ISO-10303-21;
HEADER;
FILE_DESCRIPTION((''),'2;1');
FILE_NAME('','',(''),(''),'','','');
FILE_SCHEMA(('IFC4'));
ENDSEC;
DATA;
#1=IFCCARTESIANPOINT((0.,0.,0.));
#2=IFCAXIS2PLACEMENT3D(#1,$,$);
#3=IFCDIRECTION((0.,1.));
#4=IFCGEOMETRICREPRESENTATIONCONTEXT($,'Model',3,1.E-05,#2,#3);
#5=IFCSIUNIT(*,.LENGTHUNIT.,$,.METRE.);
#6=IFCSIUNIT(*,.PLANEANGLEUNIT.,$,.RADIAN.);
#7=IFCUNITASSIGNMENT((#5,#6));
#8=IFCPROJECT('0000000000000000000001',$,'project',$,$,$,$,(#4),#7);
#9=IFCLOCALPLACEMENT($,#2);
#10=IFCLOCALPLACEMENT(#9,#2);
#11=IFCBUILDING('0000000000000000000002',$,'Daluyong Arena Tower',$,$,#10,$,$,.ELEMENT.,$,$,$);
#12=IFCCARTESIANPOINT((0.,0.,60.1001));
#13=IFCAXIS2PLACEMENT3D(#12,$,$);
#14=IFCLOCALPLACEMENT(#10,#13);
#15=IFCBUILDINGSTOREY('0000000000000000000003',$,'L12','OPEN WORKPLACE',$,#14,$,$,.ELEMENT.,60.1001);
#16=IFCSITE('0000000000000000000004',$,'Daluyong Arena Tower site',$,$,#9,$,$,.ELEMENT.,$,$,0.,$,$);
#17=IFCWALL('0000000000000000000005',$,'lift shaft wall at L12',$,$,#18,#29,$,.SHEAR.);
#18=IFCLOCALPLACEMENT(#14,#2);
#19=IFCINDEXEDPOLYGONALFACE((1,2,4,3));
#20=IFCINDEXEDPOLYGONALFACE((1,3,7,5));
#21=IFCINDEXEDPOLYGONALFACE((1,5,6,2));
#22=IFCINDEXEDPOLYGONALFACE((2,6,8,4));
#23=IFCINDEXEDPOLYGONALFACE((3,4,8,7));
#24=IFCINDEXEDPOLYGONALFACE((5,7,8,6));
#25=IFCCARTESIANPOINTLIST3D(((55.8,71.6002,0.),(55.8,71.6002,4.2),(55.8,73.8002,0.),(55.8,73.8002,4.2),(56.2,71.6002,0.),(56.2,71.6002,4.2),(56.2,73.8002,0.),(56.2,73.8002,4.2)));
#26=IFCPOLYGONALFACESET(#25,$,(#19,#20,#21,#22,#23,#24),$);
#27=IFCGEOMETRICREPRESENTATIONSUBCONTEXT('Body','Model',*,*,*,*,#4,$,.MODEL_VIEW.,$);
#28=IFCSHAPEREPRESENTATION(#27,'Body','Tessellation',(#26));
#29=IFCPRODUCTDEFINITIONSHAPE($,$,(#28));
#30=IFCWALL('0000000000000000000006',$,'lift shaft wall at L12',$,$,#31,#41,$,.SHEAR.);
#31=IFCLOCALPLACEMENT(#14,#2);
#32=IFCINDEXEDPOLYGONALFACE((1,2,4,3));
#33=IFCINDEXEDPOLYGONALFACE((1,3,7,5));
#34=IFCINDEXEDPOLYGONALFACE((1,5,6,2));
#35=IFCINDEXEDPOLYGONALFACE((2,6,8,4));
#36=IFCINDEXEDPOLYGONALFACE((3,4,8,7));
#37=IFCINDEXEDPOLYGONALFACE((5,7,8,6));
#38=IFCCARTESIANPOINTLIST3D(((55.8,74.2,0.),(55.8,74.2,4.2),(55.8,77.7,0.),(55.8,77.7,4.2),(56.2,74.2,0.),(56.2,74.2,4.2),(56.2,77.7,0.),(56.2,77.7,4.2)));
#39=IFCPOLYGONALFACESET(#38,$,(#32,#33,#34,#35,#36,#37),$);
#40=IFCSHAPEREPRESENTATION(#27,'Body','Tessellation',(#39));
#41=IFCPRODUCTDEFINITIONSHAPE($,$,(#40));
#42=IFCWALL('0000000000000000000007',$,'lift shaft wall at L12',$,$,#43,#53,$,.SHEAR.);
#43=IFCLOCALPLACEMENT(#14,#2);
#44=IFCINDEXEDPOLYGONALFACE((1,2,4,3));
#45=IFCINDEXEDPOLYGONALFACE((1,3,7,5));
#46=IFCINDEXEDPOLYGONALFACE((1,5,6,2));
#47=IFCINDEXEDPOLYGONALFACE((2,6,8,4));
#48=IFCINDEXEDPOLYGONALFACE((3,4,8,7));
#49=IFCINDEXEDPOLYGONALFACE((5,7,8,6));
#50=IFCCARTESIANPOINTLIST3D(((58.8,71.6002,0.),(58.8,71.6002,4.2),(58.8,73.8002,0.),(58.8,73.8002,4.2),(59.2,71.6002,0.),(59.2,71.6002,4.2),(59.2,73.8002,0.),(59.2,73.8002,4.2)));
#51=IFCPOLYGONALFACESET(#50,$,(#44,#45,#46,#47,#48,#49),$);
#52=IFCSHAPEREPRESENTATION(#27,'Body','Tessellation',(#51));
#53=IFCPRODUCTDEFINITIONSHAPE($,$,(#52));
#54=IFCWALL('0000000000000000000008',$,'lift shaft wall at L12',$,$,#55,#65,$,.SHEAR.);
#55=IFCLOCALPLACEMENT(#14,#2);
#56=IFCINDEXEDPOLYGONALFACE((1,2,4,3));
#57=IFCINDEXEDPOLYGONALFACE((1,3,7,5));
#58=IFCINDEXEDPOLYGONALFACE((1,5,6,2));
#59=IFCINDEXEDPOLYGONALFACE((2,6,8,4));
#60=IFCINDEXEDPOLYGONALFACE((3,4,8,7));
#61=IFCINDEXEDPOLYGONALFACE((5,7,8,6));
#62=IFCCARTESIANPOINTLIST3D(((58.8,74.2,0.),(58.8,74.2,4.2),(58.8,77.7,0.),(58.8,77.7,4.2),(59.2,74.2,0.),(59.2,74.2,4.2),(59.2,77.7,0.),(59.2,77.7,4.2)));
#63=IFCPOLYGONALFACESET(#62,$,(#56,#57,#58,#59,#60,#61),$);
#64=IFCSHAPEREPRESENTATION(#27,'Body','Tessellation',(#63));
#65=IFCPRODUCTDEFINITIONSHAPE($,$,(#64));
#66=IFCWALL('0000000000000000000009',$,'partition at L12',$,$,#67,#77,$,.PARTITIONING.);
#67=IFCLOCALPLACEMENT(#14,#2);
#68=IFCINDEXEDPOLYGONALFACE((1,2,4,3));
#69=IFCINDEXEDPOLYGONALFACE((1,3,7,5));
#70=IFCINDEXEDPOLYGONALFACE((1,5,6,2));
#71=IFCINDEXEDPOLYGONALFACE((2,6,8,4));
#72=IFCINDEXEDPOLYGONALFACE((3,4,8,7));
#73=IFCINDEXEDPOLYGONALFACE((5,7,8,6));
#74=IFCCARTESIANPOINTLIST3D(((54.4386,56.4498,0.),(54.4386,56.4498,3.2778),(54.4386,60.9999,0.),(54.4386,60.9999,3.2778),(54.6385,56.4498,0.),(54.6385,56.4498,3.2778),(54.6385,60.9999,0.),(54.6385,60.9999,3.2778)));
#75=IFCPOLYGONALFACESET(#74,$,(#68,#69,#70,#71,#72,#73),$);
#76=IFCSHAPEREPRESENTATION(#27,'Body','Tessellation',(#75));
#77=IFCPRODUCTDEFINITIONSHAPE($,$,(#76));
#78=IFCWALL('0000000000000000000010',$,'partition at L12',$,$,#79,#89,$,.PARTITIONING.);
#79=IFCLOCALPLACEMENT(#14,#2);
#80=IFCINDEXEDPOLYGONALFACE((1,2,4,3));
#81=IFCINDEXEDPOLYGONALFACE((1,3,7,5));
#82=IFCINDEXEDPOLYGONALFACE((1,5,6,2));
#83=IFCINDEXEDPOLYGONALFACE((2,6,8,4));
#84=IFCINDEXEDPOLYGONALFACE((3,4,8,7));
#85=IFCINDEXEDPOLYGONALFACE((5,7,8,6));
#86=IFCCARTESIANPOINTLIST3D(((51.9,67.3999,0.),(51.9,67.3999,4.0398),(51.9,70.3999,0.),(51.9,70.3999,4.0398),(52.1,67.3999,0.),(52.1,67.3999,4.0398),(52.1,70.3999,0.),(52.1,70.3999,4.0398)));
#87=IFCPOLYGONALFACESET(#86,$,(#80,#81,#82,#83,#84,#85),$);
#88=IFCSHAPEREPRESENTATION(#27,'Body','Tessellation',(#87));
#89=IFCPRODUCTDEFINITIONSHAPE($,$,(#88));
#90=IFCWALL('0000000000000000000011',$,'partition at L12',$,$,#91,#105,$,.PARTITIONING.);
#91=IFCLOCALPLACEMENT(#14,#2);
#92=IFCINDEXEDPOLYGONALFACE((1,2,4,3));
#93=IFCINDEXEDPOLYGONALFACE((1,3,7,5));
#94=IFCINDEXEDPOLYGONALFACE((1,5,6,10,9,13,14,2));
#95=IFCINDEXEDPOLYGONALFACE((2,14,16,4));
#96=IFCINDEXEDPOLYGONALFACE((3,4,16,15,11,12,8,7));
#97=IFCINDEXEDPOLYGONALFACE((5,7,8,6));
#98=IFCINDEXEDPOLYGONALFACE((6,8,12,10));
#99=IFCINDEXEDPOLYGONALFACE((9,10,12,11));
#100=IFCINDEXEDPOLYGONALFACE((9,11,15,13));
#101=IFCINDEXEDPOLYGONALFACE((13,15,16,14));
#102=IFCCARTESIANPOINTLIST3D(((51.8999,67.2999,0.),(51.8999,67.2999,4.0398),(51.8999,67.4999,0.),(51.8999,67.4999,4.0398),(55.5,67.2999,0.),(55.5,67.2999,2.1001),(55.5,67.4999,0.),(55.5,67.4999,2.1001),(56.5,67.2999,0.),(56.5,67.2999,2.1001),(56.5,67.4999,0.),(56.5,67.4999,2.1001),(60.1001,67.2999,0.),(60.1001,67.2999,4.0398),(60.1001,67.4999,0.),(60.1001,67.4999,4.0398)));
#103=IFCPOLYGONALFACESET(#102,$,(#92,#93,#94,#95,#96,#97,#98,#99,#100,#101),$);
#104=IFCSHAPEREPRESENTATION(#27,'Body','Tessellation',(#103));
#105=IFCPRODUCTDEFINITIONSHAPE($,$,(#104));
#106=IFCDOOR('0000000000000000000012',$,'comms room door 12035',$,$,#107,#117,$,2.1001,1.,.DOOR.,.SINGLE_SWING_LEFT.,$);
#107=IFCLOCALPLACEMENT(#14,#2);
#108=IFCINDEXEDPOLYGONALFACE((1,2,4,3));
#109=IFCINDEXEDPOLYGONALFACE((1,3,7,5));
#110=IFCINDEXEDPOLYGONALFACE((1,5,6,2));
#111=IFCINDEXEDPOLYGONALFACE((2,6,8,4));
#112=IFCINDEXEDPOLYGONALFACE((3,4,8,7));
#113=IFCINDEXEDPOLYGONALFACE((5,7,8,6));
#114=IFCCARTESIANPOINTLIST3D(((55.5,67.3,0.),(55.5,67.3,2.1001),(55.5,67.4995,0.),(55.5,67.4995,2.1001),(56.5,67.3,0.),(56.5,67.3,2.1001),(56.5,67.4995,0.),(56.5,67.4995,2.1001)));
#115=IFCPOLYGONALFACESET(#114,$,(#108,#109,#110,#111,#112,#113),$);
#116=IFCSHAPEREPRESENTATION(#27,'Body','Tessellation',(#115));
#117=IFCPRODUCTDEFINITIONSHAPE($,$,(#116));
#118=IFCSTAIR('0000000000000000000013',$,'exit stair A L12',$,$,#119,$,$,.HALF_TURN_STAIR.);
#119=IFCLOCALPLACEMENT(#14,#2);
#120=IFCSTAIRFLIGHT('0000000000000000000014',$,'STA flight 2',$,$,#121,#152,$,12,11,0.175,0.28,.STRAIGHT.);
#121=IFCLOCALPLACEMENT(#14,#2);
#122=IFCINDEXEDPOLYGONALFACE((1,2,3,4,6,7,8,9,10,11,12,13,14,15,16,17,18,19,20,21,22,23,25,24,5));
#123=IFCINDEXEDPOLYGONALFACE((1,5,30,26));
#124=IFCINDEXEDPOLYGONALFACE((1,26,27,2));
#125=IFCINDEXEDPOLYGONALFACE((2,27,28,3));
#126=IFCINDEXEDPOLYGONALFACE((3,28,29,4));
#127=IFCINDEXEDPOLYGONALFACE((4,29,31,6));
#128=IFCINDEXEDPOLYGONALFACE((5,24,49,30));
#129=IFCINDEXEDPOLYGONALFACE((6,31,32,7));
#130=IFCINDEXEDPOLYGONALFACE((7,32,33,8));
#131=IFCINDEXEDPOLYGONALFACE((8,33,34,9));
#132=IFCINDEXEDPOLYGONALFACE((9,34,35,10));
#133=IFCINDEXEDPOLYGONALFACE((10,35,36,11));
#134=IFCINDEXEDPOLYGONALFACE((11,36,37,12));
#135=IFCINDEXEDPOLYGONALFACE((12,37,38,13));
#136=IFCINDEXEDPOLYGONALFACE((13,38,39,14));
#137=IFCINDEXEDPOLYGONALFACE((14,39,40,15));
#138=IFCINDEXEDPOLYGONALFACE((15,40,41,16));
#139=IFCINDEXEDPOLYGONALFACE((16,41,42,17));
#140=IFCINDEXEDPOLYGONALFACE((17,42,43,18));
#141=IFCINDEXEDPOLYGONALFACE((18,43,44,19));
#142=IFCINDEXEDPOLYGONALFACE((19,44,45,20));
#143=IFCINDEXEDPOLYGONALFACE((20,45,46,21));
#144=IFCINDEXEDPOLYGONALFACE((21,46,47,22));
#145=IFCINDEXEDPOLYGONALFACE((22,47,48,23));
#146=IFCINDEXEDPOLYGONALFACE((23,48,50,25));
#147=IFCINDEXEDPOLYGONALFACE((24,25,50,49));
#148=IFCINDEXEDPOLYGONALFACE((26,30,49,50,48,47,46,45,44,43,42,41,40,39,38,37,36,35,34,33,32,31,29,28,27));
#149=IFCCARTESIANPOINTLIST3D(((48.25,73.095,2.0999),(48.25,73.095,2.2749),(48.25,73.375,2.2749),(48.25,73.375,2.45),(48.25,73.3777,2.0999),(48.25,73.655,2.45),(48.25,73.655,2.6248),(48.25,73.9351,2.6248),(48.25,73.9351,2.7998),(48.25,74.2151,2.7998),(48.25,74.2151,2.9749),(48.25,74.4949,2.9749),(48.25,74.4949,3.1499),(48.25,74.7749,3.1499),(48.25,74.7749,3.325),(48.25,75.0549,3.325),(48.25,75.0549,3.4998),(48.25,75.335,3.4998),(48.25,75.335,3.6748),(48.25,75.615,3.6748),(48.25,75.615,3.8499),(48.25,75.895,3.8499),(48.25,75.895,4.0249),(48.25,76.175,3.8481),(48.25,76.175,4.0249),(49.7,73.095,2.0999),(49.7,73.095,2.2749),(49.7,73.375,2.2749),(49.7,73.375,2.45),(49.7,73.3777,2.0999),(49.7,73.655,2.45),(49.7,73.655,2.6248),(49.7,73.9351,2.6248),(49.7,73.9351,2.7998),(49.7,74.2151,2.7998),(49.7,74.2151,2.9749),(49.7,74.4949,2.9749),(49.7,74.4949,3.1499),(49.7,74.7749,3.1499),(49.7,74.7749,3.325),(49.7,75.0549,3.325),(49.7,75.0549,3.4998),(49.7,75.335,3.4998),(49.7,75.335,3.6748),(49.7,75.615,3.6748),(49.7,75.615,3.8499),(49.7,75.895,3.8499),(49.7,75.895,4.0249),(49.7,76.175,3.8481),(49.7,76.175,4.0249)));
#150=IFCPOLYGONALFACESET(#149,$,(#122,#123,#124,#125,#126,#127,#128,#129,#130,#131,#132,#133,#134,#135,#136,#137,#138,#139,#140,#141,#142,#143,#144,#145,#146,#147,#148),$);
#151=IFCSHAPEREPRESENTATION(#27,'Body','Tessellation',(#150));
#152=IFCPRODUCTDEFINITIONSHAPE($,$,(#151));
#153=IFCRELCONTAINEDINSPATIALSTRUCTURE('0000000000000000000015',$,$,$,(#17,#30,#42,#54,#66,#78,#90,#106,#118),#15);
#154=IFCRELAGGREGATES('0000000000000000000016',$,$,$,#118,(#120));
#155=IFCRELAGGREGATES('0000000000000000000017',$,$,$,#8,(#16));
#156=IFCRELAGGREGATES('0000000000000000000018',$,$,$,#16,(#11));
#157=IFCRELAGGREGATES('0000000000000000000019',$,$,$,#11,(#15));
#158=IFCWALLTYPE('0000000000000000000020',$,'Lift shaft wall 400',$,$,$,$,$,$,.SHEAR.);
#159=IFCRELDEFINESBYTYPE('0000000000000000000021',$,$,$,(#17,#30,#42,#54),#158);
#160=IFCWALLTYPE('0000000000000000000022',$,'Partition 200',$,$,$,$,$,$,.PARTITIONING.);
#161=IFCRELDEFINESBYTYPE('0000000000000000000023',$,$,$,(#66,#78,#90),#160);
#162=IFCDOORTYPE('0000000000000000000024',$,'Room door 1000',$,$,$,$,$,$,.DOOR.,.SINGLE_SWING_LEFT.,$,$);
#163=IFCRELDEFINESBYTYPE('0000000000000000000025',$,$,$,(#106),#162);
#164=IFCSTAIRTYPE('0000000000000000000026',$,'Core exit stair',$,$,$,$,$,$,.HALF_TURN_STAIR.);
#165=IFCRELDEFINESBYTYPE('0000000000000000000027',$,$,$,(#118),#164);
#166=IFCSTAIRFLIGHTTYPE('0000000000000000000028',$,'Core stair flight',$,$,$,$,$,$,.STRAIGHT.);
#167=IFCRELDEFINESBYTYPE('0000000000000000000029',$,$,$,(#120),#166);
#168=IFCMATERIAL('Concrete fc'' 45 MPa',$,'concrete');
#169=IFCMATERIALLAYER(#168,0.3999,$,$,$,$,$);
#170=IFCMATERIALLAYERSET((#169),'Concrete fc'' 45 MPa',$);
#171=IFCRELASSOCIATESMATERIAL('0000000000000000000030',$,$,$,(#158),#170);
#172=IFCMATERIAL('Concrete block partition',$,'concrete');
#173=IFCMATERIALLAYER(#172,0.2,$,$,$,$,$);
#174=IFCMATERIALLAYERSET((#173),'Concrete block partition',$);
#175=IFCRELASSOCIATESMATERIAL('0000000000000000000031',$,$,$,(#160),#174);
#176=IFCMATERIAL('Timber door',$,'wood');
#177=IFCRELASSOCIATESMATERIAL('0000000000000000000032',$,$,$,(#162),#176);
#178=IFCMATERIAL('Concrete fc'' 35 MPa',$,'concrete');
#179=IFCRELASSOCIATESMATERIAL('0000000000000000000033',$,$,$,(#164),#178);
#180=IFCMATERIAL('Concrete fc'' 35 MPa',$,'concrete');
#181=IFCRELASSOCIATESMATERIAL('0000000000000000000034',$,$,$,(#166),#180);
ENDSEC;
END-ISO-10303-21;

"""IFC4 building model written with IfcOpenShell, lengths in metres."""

from ifc_helpers import new_model, si_unit, direction, frame, frame_2d, origin, place, context, subcontext, project, spatial, polyline, rectangle, outline, extrude, material, layer, layer_set, type_object, element, fill, aggregate, save


model = new_model("IFC4")

# Units and contexts
model_context = context("Model", 3, precision=1e-05, world=origin(), true_north=direction((0.0, 1.0)))
body_context = subcontext(model_context, "Body", "Model", "MODEL_VIEW")
ifc_project = project(units=[si_unit("LENGTHUNIT", "METRE"), si_unit("PLANEANGLEUNIT", "RADIAN")], contexts=[model_context])

# Site, building, storey
site_placement = place(None, origin())
site = spatial("IfcSite", under=ifc_project, at=site_placement, Name="Daluyong Arena Tower site", CompositionType="ELEMENT", RefElevation=0.0)
building_placement = place(site_placement, origin())
building = spatial("IfcBuilding", under=site, at=building_placement, Name="Daluyong Arena Tower", CompositionType="ELEMENT")
storey_placement = place(building_placement, frame((0.0, 0.0, 60.1001)))
storey = spatial("IfcBuildingStorey", under=building, at=storey_placement, Name="L12", Description="OPEN WORKPLACE", CompositionType="ELEMENT", Elevation=60.1001)

# Walls
ifc_material_1 = material(Name="Concrete fc' 45 MPa", Category="concrete")
ifc_layer_1 = layer(ifc_material_1, 0.3999)
ifc_layer_set_1 = layer_set([ifc_layer_1], Name="Concrete fc' 45 MPa")
wall_type_1 = type_object("IfcWallType", Name="Lift shaft wall 400", PredefinedType="SHEAR", material=ifc_layer_set_1)
wall_1_placement = place(storey_placement, frame((56.0, 71.6001, 0.0), z_axis=(0.0, 0.0, 1.0), x_axis=(0.0, 1.0, 0.0)))
element("IfcWall", 1, at=wall_1_placement, inside=storey, type_object=wall_type_1, Name="lift shaft wall at L12", PredefinedType="SHEAR", context=body_context, shape_type="SweptSolid", body=[
    extrude(rectangle(XDim=2.2, YDim=0.3999, at=frame_2d((1.1001, 0.0))), origin(), (0.0, 0.0, 1.0), 4.2),
])
wall_2_placement = place(storey_placement, frame((56.0, 74.2, 0.0), z_axis=(0.0, 0.0, 1.0), x_axis=(0.0, 1.0, 0.0)))
element("IfcWall", 2, at=wall_2_placement, inside=storey, type_object=wall_type_1, Name="lift shaft wall at L12", PredefinedType="SHEAR", context=body_context, shape_type="SweptSolid", body=[
    extrude(rectangle(XDim=3.5, YDim=0.3999, at=frame_2d((1.75, 0.0))), origin(), (0.0, 0.0, 1.0), 4.2),
])
wall_3_placement = place(storey_placement, frame((59.0, 71.6001, 0.0), z_axis=(0.0, 0.0, 1.0), x_axis=(0.0, 1.0, 0.0)))
element("IfcWall", 3, at=wall_3_placement, inside=storey, type_object=wall_type_1, Name="lift shaft wall at L12", PredefinedType="SHEAR", context=body_context, shape_type="SweptSolid", body=[
    extrude(rectangle(XDim=2.2, YDim=0.3999, at=frame_2d((1.1001, 0.0))), origin(), (0.0, 0.0, 1.0), 4.2),
])
wall_4_placement = place(storey_placement, frame((59.0, 74.2, 0.0), z_axis=(0.0, 0.0, 1.0), x_axis=(0.0, 1.0, 0.0)))
element("IfcWall", 4, at=wall_4_placement, inside=storey, type_object=wall_type_1, Name="lift shaft wall at L12", PredefinedType="SHEAR", context=body_context, shape_type="SweptSolid", body=[
    extrude(rectangle(XDim=3.5, YDim=0.3999, at=frame_2d((1.75, 0.0))), origin(), (0.0, 0.0, 1.0), 4.2),
])
ifc_material_2 = material(Name="Concrete block partition", Category="concrete")
ifc_layer_2 = layer(ifc_material_2, 0.2)
ifc_layer_set_2 = layer_set([ifc_layer_2], Name="Concrete block partition")
wall_type_2 = type_object("IfcWallType", Name="Partition 200", PredefinedType="PARTITIONING", material=ifc_layer_set_2)
wall_5_placement = place(storey_placement, frame((54.5386, 56.45, 0.0), z_axis=(0.0, 0.0, 1.0), x_axis=(0.0, 1.0, 0.0)))
element("IfcWall", 5, at=wall_5_placement, inside=storey, type_object=wall_type_2, Name="partition at L12", PredefinedType="PARTITIONING", context=body_context, shape_type="SweptSolid", body=[
    extrude(rectangle(XDim=4.55, YDim=0.2, at=frame_2d((2.2749, 0.0))), origin(), (0.0, 0.0, 1.0), 3.2778),
])
wall_6_placement = place(storey_placement, frame((52.0, 67.3999, 0.0), z_axis=(0.0, 0.0, 1.0), x_axis=(0.0, 1.0, 0.0)))
element("IfcWall", 6, at=wall_6_placement, inside=storey, type_object=wall_type_2, Name="partition at L12", PredefinedType="PARTITIONING", context=body_context, shape_type="SweptSolid", body=[
    extrude(rectangle(XDim=3.0, YDim=0.2, at=frame_2d((1.5, 0.0))), origin(), (0.0, 0.0, 1.0), 4.0398),
])

# Wall, opening, door
wall_7_placement = place(storey_placement, frame((51.8999, 67.3999, 0.0), z_axis=(0.0, 0.0, 1.0), x_axis=(1.0, 0.0, 0.0)))
wall_7 = element("IfcWall", 7, at=wall_7_placement, inside=storey, type_object=wall_type_2, Name="partition at L12", PredefinedType="PARTITIONING", context=body_context, shape_type="SweptSolid", body=[
    extrude(rectangle(XDim=8.2002, YDim=0.2, at=frame_2d((4.1001, 0.0))), origin(), (0.0, 0.0, 1.0), 4.0398),
])
opening_1_placement = place(wall_7_placement, frame((3.6001, 0.0, 0.0)))
opening_1 = element("IfcOpeningElement", 8, at=opening_1_placement, cuts=wall_7, PredefinedType="OPENING", context=body_context, shape_type="SweptSolid", body=[
    extrude(rectangle(XDim=1.0, YDim=2.1001, at=frame_2d((0.5, 1.05))), frame((0.0, 0.1099, 0.0), z_axis=(0.0, -1.0, 0.0), x_axis=(1.0, 0.0, 0.0)), (0.0, 0.0, 1.0), 0.22),
])
ifc_material_3 = material(Name="Timber door", Category="wood")
door_type_1 = type_object("IfcDoorType", Name="Room door 1000", OperationType="SINGLE_SWING_LEFT", PredefinedType="DOOR", material=ifc_material_3)
door_1_placement = place(opening_1_placement, origin())
door_1 = element("IfcDoor", 9, at=door_1_placement, inside=storey, type_object=door_type_1, Name="comms room door 12035", OperationType="SINGLE_SWING_LEFT", OverallHeight=2.1001, OverallWidth=1.0, PredefinedType="DOOR", context=body_context, shape_type="SweptSolid", body=[
    extrude(rectangle(XDim=1.0, YDim=2.1001, at=frame_2d((0.5, 1.05))), frame((0.0, 0.0996, 0.0), z_axis=(0.0, -1.0, 0.0), x_axis=(1.0, 0.0, 0.0)), (0.0, 0.0, 1.0), 0.1995),
])
fill(opening_1, door_1)

# Stair, stair flight
ifc_material_4 = material(Name="Concrete fc' 35 MPa", Category="concrete")
stair_type = type_object("IfcStairType", Name="Core exit stair", PredefinedType="HALF_TURN_STAIR", material=ifc_material_4)
stair_placement = place(storey_placement, origin())
stair = element("IfcStair", 10, at=stair_placement, inside=storey, type_object=stair_type, Name="exit stair A L12", PredefinedType="HALF_TURN_STAIR")
ifc_material_5 = material(Name="Concrete fc' 35 MPa", Category="concrete")
stair_flight_type = type_object("IfcStairFlightType", Name="Core stair flight", PredefinedType="STRAIGHT", material=ifc_material_5)
stair_flight_placement = place(storey_placement, frame((48.9751, 73.095, 2.0999), z_axis=(0.0, 0.0, 1.0), x_axis=(0.0, 1.0, 0.0)))
stair_flight = element("IfcStairFlight", 11, at=stair_flight_placement, type_object=stair_flight_type, Name="STA flight 2", NumberOfRisers=12, NumberOfTreads=11, PredefinedType="STRAIGHT", RiserHeight=0.175, TreadLength=0.28, context=body_context, shape_type="SweptSolid", body=[
    extrude(outline(polyline([(0.0, 0.0), (0.0, 0.175), (0.28, 0.175), (0.28, 0.3501), (0.5601, 0.3501), (0.5601, 0.5249), (0.8401, 0.5249), (0.8401, 0.7), (1.1201, 0.7), (1.1201, 0.875), (1.3999, 0.875), (1.3999, 1.05), (1.6799, 1.05), (1.6799, 1.2251), (1.96, 1.2251), (1.96, 1.3999), (2.24, 1.3999), (2.24, 1.575), (2.52, 1.575), (2.52, 1.75), (2.8, 1.75), (2.8, 1.925), (3.0801, 1.925), (3.0801, 2.1001), (3.0801, 1.7483), (0.2827, 0.0), (0.0, 0.0)])), frame((0.0, 0.7251, 0.0), z_axis=(0.0, -1.0, 0.0), x_axis=(1.0, 0.0, 0.0)), (0.0, 0.0, 1.0), 1.45),
])
aggregate(stair, [stair_flight])

save(model, "model.ifc")
